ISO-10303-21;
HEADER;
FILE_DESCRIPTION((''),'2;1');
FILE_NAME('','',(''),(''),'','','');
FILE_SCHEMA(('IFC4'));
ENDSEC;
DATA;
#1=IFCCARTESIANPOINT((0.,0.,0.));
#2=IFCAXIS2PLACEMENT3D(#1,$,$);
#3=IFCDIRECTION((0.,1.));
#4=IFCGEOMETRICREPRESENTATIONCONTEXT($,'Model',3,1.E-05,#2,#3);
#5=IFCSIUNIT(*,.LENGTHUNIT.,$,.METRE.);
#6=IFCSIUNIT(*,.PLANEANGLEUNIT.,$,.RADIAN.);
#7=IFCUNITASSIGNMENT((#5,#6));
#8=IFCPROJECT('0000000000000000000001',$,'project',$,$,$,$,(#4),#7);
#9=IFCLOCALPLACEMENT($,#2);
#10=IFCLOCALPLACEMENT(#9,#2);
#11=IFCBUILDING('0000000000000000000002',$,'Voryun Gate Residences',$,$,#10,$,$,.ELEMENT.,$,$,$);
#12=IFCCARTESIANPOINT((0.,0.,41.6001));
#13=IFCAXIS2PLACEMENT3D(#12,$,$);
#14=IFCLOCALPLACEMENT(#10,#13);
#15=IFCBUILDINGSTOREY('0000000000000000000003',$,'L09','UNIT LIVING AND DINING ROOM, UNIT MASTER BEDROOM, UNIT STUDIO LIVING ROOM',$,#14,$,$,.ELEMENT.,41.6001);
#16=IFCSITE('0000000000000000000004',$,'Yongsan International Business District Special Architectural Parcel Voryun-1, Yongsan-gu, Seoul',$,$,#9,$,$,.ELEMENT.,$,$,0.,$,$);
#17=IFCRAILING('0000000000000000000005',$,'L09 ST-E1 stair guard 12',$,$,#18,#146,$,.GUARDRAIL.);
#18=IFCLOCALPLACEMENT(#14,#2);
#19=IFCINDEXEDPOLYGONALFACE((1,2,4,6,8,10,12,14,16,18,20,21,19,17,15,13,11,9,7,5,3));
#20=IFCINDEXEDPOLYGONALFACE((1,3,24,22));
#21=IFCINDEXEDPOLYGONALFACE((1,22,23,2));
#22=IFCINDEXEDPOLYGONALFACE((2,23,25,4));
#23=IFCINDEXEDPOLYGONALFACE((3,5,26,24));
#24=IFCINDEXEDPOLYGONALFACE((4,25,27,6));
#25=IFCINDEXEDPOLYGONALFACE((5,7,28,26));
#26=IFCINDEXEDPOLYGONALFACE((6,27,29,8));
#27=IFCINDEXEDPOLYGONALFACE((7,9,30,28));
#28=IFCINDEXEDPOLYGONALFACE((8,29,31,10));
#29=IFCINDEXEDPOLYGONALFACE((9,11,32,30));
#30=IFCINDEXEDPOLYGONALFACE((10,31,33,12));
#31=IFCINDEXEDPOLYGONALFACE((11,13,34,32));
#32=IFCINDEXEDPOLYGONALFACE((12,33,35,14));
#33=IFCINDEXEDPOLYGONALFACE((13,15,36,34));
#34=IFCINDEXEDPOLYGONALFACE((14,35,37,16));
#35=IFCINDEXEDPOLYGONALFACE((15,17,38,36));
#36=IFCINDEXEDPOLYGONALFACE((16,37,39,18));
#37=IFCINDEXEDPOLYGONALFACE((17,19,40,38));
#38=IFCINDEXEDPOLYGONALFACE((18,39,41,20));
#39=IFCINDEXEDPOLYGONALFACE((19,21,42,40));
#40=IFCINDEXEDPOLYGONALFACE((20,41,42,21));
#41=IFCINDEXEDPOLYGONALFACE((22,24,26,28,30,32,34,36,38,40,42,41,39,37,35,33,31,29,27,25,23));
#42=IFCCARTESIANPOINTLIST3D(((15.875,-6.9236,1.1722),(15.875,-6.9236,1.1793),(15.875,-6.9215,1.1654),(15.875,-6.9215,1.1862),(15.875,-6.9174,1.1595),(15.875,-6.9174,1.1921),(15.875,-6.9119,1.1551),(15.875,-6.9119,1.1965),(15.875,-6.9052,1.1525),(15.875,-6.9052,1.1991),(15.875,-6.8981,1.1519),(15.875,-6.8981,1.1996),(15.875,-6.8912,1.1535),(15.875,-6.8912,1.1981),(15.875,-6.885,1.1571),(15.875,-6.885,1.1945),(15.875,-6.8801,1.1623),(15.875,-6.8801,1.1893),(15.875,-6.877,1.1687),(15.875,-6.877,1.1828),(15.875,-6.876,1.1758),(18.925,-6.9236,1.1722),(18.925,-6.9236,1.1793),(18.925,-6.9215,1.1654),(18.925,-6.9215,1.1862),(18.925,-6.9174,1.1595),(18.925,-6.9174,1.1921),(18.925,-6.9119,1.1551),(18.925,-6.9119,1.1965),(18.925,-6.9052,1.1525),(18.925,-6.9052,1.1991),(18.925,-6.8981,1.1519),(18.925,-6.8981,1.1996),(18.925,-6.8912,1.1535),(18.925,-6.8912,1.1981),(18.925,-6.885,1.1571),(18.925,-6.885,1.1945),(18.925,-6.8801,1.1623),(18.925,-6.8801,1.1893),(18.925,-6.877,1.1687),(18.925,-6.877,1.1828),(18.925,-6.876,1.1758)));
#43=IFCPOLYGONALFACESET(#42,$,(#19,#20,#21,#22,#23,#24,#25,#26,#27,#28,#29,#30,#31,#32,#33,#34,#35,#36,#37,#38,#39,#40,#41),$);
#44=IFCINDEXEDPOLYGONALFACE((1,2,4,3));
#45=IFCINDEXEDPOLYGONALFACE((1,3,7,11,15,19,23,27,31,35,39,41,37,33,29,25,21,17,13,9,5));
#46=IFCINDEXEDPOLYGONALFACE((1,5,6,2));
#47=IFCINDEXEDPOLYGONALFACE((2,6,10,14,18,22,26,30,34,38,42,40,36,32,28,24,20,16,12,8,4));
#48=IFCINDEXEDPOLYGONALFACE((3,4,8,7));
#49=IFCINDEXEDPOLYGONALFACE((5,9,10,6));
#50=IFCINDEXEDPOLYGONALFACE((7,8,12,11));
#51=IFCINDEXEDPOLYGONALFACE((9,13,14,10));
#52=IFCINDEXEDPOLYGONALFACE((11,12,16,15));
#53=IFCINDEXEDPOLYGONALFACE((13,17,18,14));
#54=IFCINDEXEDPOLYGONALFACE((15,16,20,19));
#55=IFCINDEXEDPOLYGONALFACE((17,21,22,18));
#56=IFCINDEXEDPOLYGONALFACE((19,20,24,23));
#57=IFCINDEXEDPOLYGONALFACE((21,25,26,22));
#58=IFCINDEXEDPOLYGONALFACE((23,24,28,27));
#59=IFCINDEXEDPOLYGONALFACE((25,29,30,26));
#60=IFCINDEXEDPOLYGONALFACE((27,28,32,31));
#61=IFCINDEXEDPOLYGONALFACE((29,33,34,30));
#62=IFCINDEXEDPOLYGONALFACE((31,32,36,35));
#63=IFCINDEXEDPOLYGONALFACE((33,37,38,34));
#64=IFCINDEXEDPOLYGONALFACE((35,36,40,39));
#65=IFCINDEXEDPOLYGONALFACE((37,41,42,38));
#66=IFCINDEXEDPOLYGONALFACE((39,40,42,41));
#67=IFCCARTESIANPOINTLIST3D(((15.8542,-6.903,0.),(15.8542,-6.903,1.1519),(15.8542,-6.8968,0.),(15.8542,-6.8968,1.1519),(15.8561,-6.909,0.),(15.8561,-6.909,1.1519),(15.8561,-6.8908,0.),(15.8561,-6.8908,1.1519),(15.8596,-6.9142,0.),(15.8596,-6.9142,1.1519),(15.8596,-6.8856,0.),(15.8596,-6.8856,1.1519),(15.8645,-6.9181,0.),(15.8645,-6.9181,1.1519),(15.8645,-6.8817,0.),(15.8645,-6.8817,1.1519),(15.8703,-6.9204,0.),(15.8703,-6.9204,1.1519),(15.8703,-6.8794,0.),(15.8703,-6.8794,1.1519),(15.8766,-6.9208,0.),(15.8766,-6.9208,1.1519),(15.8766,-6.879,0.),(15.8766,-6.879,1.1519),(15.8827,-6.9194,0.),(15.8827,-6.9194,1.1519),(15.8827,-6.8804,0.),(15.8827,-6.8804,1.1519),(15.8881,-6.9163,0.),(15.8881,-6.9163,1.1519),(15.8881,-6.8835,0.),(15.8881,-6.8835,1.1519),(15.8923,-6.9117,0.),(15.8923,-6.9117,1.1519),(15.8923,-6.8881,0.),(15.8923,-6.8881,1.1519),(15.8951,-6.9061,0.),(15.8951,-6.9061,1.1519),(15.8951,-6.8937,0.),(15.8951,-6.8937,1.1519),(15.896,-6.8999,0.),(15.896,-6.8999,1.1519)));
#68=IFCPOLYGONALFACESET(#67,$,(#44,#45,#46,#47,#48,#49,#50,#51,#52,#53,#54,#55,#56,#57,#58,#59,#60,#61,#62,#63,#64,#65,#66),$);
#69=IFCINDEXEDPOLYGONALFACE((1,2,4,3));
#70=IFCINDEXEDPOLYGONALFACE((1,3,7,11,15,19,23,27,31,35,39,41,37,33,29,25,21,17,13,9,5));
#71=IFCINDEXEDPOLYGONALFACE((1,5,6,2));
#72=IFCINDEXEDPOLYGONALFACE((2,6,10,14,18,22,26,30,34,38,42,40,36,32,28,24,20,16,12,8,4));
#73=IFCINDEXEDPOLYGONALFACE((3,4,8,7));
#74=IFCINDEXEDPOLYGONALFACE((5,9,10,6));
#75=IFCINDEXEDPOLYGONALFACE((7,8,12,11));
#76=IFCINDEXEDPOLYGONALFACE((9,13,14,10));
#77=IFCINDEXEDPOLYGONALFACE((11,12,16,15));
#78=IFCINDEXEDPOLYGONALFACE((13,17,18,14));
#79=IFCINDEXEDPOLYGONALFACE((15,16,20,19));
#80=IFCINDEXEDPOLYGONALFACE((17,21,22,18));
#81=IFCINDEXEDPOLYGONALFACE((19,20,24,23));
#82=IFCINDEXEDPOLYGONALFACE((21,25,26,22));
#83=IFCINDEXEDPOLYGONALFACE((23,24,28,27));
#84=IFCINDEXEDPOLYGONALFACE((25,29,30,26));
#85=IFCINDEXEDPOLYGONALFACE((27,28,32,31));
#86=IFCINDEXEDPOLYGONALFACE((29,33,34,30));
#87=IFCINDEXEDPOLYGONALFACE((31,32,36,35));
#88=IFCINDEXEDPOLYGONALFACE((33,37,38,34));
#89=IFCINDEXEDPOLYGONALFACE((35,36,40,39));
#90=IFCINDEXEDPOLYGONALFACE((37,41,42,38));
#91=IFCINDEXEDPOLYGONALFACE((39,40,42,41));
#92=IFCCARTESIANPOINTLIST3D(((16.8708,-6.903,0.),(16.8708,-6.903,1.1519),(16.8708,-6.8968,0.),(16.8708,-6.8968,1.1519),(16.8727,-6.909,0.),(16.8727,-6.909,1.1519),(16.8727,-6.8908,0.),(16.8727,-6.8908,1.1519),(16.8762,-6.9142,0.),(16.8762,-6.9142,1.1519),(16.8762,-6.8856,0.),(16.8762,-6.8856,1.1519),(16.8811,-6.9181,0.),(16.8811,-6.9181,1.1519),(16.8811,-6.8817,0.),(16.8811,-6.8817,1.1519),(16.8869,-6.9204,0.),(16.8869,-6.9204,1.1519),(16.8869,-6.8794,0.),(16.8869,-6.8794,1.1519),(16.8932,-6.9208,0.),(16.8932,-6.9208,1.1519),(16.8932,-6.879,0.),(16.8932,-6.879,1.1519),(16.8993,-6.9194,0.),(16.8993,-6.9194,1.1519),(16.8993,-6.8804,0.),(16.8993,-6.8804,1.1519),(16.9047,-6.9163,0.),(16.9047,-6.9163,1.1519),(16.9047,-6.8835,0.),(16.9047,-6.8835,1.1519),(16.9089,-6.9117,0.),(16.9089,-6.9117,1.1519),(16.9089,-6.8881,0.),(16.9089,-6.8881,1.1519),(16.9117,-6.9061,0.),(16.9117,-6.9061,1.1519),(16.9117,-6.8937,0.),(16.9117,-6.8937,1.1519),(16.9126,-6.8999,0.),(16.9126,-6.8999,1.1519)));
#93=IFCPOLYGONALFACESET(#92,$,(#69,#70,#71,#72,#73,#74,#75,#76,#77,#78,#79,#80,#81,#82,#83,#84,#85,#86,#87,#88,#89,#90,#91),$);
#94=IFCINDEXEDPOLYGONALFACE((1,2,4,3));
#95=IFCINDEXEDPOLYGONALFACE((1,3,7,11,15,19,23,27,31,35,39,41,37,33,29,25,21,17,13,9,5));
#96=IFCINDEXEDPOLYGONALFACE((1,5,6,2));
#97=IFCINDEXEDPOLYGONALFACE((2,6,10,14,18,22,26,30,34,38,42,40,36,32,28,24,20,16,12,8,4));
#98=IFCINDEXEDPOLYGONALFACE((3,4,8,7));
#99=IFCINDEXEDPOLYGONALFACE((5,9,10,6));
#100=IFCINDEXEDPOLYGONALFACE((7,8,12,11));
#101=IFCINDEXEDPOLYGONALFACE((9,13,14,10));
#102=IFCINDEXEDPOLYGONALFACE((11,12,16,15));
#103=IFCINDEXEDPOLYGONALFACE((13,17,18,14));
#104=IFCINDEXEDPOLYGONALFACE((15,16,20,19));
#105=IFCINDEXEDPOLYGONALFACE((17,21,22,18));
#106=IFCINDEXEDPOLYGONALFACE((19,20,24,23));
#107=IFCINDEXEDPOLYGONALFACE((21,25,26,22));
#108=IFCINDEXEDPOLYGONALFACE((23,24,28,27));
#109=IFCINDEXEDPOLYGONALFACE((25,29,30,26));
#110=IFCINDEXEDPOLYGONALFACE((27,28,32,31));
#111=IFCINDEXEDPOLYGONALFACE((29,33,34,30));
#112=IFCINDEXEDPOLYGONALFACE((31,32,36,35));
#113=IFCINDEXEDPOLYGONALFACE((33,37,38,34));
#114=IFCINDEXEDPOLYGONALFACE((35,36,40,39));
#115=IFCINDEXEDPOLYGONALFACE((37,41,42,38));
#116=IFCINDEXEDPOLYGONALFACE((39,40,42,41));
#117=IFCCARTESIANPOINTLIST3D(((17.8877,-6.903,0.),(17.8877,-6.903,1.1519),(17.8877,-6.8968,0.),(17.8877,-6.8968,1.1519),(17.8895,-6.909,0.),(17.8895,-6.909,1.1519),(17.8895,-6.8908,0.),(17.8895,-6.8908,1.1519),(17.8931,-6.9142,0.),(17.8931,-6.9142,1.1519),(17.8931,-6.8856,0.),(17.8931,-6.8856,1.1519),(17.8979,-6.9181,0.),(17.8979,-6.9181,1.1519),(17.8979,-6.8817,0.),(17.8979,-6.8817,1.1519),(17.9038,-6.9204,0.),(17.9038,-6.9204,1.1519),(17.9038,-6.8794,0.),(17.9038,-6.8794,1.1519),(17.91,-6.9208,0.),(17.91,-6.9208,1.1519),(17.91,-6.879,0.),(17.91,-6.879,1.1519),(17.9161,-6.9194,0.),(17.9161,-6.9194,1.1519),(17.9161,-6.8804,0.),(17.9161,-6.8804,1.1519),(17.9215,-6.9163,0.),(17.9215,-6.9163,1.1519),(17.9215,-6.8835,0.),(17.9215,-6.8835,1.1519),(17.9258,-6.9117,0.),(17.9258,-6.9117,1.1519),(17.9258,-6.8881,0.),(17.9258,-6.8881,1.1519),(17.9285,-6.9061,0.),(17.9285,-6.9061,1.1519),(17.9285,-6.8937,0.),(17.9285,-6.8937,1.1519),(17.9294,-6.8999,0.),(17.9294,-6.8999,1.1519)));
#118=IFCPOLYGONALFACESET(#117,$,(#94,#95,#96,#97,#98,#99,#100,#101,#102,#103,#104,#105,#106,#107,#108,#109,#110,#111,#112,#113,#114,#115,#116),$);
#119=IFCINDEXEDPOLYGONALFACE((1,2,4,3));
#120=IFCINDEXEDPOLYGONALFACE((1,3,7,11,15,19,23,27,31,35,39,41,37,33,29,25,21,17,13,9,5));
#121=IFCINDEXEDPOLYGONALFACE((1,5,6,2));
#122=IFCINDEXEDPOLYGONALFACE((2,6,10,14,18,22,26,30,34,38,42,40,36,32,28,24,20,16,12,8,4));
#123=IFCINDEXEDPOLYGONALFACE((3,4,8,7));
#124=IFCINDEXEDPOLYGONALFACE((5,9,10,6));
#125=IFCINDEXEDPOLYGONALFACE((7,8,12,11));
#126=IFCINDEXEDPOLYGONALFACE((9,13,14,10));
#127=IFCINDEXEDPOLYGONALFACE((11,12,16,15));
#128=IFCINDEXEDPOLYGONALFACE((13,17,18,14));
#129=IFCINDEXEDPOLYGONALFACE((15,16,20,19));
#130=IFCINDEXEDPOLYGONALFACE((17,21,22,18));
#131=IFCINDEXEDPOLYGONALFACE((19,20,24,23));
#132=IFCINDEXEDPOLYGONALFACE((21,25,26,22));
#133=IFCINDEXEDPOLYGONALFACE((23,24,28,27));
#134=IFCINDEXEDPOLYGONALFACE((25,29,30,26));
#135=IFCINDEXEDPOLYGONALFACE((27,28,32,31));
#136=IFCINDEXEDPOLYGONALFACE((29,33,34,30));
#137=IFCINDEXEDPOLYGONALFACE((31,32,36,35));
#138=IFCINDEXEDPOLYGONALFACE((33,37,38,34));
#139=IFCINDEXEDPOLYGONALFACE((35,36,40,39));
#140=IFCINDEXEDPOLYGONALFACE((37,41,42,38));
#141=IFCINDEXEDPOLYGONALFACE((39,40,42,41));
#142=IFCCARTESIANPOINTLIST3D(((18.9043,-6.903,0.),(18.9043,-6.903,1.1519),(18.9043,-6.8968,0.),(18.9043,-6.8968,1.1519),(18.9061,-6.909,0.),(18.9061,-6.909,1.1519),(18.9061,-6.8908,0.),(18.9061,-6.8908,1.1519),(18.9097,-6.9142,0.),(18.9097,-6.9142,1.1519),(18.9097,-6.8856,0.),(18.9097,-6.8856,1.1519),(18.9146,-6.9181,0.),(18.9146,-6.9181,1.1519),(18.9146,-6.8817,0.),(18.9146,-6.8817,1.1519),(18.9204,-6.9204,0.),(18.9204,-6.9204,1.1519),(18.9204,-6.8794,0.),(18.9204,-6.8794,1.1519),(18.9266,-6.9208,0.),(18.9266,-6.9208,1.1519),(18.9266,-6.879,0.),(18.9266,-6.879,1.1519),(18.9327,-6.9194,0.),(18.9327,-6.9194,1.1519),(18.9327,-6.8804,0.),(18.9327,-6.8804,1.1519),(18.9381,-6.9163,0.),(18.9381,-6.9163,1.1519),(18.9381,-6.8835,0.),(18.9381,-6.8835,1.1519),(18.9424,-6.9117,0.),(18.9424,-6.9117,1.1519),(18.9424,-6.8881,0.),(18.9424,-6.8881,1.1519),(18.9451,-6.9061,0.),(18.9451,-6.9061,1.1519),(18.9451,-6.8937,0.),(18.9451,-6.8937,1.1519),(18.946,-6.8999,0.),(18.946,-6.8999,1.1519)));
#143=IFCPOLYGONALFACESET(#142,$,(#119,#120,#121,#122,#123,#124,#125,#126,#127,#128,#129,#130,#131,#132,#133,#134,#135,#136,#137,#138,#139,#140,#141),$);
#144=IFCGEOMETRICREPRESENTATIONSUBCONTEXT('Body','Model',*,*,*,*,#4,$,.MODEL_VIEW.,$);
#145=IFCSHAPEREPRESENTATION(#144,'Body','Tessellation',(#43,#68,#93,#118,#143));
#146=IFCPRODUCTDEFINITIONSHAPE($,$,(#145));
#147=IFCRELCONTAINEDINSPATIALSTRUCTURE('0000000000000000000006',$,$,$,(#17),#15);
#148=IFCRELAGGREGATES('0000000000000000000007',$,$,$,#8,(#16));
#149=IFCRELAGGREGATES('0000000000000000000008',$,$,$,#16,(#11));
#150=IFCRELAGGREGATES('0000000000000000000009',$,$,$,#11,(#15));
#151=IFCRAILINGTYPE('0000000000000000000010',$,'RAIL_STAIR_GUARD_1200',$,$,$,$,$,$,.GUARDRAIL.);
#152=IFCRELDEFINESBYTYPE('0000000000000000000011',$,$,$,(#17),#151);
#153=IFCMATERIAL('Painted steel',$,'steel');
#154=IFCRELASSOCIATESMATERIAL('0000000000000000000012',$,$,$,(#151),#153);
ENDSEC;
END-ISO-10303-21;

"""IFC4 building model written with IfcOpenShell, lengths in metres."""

from ifc_helpers import new_model, si_unit, direction, frame, origin, origin_2d, place, context, subcontext, project, spatial, circle, extrude, material, type_object, element, save


model = new_model("IFC4")

# Units and contexts
model_context = context("Model", 3, precision=1e-05, world=origin(), true_north=direction((0.0, 1.0)))
body_context = subcontext(model_context, "Body", "Model", "MODEL_VIEW")
ifc_project = project(units=[si_unit("LENGTHUNIT", "METRE"), si_unit("PLANEANGLEUNIT", "RADIAN")], contexts=[model_context])

# Site, building, storey
site_placement = place(None, origin())
site = spatial("IfcSite", under=ifc_project, at=site_placement, Name="Yongsan International Business District Special Architectural Parcel Voryun-1, Yongsan-gu, Seoul", CompositionType="ELEMENT", RefElevation=0.0)
building_placement = place(site_placement, origin())
building = spatial("IfcBuilding", under=site, at=building_placement, Name="Voryun Gate Residences", CompositionType="ELEMENT")
storey_placement = place(building_placement, frame((0.0, 0.0, 41.6001)))
storey = spatial("IfcBuildingStorey", under=building, at=storey_placement, Name="L09", Description="UNIT LIVING AND DINING ROOM, UNIT MASTER BEDROOM, UNIT STUDIO LIVING ROOM", CompositionType="ELEMENT", Elevation=41.6001)

# Railing
ifc_material_1 = material(Name="Painted steel", Category="steel")
railing_type_1 = type_object("IfcRailingType", Name="RAIL_STAIR_GUARD_1200", PredefinedType="GUARDRAIL", material=ifc_material_1)
railing_1_placement = place(storey_placement, frame((15.875, -6.8999, 0.0)))
element("IfcRailing", 1, at=railing_1_placement, inside=storey, type_object=railing_type_1, Name="L09 ST-E1 stair guard 12", PredefinedType="GUARDRAIL", context=body_context, shape_type="SweptSolid", body=[
    extrude(circle(Radius=0.0239, at=origin_2d()), frame((0.0, 0.0, 1.1758), z_axis=(1.0, 0.0, 0.0), x_axis=(0.0, 1.0, 0.0)), (0.0, 0.0, 1.0), 3.05),
    extrude(circle(Radius=0.021, at=origin_2d()), origin(), (0.0, 0.0, 1.0), 1.1519),
    extrude(circle(Radius=0.021, at=origin_2d()), frame((1.0166, 0.0, 0.0)), (0.0, 0.0, 1.0), 1.1519),
    extrude(circle(Radius=0.021, at=origin_2d()), frame((2.0334, 0.0, 0.0)), (0.0, 0.0, 1.0), 1.1519),
    extrude(circle(Radius=0.021, at=origin_2d()), frame((3.05, 0.0, 0.0)), (0.0, 0.0, 1.0), 1.1519),
])

save(model, "model.ifc")
